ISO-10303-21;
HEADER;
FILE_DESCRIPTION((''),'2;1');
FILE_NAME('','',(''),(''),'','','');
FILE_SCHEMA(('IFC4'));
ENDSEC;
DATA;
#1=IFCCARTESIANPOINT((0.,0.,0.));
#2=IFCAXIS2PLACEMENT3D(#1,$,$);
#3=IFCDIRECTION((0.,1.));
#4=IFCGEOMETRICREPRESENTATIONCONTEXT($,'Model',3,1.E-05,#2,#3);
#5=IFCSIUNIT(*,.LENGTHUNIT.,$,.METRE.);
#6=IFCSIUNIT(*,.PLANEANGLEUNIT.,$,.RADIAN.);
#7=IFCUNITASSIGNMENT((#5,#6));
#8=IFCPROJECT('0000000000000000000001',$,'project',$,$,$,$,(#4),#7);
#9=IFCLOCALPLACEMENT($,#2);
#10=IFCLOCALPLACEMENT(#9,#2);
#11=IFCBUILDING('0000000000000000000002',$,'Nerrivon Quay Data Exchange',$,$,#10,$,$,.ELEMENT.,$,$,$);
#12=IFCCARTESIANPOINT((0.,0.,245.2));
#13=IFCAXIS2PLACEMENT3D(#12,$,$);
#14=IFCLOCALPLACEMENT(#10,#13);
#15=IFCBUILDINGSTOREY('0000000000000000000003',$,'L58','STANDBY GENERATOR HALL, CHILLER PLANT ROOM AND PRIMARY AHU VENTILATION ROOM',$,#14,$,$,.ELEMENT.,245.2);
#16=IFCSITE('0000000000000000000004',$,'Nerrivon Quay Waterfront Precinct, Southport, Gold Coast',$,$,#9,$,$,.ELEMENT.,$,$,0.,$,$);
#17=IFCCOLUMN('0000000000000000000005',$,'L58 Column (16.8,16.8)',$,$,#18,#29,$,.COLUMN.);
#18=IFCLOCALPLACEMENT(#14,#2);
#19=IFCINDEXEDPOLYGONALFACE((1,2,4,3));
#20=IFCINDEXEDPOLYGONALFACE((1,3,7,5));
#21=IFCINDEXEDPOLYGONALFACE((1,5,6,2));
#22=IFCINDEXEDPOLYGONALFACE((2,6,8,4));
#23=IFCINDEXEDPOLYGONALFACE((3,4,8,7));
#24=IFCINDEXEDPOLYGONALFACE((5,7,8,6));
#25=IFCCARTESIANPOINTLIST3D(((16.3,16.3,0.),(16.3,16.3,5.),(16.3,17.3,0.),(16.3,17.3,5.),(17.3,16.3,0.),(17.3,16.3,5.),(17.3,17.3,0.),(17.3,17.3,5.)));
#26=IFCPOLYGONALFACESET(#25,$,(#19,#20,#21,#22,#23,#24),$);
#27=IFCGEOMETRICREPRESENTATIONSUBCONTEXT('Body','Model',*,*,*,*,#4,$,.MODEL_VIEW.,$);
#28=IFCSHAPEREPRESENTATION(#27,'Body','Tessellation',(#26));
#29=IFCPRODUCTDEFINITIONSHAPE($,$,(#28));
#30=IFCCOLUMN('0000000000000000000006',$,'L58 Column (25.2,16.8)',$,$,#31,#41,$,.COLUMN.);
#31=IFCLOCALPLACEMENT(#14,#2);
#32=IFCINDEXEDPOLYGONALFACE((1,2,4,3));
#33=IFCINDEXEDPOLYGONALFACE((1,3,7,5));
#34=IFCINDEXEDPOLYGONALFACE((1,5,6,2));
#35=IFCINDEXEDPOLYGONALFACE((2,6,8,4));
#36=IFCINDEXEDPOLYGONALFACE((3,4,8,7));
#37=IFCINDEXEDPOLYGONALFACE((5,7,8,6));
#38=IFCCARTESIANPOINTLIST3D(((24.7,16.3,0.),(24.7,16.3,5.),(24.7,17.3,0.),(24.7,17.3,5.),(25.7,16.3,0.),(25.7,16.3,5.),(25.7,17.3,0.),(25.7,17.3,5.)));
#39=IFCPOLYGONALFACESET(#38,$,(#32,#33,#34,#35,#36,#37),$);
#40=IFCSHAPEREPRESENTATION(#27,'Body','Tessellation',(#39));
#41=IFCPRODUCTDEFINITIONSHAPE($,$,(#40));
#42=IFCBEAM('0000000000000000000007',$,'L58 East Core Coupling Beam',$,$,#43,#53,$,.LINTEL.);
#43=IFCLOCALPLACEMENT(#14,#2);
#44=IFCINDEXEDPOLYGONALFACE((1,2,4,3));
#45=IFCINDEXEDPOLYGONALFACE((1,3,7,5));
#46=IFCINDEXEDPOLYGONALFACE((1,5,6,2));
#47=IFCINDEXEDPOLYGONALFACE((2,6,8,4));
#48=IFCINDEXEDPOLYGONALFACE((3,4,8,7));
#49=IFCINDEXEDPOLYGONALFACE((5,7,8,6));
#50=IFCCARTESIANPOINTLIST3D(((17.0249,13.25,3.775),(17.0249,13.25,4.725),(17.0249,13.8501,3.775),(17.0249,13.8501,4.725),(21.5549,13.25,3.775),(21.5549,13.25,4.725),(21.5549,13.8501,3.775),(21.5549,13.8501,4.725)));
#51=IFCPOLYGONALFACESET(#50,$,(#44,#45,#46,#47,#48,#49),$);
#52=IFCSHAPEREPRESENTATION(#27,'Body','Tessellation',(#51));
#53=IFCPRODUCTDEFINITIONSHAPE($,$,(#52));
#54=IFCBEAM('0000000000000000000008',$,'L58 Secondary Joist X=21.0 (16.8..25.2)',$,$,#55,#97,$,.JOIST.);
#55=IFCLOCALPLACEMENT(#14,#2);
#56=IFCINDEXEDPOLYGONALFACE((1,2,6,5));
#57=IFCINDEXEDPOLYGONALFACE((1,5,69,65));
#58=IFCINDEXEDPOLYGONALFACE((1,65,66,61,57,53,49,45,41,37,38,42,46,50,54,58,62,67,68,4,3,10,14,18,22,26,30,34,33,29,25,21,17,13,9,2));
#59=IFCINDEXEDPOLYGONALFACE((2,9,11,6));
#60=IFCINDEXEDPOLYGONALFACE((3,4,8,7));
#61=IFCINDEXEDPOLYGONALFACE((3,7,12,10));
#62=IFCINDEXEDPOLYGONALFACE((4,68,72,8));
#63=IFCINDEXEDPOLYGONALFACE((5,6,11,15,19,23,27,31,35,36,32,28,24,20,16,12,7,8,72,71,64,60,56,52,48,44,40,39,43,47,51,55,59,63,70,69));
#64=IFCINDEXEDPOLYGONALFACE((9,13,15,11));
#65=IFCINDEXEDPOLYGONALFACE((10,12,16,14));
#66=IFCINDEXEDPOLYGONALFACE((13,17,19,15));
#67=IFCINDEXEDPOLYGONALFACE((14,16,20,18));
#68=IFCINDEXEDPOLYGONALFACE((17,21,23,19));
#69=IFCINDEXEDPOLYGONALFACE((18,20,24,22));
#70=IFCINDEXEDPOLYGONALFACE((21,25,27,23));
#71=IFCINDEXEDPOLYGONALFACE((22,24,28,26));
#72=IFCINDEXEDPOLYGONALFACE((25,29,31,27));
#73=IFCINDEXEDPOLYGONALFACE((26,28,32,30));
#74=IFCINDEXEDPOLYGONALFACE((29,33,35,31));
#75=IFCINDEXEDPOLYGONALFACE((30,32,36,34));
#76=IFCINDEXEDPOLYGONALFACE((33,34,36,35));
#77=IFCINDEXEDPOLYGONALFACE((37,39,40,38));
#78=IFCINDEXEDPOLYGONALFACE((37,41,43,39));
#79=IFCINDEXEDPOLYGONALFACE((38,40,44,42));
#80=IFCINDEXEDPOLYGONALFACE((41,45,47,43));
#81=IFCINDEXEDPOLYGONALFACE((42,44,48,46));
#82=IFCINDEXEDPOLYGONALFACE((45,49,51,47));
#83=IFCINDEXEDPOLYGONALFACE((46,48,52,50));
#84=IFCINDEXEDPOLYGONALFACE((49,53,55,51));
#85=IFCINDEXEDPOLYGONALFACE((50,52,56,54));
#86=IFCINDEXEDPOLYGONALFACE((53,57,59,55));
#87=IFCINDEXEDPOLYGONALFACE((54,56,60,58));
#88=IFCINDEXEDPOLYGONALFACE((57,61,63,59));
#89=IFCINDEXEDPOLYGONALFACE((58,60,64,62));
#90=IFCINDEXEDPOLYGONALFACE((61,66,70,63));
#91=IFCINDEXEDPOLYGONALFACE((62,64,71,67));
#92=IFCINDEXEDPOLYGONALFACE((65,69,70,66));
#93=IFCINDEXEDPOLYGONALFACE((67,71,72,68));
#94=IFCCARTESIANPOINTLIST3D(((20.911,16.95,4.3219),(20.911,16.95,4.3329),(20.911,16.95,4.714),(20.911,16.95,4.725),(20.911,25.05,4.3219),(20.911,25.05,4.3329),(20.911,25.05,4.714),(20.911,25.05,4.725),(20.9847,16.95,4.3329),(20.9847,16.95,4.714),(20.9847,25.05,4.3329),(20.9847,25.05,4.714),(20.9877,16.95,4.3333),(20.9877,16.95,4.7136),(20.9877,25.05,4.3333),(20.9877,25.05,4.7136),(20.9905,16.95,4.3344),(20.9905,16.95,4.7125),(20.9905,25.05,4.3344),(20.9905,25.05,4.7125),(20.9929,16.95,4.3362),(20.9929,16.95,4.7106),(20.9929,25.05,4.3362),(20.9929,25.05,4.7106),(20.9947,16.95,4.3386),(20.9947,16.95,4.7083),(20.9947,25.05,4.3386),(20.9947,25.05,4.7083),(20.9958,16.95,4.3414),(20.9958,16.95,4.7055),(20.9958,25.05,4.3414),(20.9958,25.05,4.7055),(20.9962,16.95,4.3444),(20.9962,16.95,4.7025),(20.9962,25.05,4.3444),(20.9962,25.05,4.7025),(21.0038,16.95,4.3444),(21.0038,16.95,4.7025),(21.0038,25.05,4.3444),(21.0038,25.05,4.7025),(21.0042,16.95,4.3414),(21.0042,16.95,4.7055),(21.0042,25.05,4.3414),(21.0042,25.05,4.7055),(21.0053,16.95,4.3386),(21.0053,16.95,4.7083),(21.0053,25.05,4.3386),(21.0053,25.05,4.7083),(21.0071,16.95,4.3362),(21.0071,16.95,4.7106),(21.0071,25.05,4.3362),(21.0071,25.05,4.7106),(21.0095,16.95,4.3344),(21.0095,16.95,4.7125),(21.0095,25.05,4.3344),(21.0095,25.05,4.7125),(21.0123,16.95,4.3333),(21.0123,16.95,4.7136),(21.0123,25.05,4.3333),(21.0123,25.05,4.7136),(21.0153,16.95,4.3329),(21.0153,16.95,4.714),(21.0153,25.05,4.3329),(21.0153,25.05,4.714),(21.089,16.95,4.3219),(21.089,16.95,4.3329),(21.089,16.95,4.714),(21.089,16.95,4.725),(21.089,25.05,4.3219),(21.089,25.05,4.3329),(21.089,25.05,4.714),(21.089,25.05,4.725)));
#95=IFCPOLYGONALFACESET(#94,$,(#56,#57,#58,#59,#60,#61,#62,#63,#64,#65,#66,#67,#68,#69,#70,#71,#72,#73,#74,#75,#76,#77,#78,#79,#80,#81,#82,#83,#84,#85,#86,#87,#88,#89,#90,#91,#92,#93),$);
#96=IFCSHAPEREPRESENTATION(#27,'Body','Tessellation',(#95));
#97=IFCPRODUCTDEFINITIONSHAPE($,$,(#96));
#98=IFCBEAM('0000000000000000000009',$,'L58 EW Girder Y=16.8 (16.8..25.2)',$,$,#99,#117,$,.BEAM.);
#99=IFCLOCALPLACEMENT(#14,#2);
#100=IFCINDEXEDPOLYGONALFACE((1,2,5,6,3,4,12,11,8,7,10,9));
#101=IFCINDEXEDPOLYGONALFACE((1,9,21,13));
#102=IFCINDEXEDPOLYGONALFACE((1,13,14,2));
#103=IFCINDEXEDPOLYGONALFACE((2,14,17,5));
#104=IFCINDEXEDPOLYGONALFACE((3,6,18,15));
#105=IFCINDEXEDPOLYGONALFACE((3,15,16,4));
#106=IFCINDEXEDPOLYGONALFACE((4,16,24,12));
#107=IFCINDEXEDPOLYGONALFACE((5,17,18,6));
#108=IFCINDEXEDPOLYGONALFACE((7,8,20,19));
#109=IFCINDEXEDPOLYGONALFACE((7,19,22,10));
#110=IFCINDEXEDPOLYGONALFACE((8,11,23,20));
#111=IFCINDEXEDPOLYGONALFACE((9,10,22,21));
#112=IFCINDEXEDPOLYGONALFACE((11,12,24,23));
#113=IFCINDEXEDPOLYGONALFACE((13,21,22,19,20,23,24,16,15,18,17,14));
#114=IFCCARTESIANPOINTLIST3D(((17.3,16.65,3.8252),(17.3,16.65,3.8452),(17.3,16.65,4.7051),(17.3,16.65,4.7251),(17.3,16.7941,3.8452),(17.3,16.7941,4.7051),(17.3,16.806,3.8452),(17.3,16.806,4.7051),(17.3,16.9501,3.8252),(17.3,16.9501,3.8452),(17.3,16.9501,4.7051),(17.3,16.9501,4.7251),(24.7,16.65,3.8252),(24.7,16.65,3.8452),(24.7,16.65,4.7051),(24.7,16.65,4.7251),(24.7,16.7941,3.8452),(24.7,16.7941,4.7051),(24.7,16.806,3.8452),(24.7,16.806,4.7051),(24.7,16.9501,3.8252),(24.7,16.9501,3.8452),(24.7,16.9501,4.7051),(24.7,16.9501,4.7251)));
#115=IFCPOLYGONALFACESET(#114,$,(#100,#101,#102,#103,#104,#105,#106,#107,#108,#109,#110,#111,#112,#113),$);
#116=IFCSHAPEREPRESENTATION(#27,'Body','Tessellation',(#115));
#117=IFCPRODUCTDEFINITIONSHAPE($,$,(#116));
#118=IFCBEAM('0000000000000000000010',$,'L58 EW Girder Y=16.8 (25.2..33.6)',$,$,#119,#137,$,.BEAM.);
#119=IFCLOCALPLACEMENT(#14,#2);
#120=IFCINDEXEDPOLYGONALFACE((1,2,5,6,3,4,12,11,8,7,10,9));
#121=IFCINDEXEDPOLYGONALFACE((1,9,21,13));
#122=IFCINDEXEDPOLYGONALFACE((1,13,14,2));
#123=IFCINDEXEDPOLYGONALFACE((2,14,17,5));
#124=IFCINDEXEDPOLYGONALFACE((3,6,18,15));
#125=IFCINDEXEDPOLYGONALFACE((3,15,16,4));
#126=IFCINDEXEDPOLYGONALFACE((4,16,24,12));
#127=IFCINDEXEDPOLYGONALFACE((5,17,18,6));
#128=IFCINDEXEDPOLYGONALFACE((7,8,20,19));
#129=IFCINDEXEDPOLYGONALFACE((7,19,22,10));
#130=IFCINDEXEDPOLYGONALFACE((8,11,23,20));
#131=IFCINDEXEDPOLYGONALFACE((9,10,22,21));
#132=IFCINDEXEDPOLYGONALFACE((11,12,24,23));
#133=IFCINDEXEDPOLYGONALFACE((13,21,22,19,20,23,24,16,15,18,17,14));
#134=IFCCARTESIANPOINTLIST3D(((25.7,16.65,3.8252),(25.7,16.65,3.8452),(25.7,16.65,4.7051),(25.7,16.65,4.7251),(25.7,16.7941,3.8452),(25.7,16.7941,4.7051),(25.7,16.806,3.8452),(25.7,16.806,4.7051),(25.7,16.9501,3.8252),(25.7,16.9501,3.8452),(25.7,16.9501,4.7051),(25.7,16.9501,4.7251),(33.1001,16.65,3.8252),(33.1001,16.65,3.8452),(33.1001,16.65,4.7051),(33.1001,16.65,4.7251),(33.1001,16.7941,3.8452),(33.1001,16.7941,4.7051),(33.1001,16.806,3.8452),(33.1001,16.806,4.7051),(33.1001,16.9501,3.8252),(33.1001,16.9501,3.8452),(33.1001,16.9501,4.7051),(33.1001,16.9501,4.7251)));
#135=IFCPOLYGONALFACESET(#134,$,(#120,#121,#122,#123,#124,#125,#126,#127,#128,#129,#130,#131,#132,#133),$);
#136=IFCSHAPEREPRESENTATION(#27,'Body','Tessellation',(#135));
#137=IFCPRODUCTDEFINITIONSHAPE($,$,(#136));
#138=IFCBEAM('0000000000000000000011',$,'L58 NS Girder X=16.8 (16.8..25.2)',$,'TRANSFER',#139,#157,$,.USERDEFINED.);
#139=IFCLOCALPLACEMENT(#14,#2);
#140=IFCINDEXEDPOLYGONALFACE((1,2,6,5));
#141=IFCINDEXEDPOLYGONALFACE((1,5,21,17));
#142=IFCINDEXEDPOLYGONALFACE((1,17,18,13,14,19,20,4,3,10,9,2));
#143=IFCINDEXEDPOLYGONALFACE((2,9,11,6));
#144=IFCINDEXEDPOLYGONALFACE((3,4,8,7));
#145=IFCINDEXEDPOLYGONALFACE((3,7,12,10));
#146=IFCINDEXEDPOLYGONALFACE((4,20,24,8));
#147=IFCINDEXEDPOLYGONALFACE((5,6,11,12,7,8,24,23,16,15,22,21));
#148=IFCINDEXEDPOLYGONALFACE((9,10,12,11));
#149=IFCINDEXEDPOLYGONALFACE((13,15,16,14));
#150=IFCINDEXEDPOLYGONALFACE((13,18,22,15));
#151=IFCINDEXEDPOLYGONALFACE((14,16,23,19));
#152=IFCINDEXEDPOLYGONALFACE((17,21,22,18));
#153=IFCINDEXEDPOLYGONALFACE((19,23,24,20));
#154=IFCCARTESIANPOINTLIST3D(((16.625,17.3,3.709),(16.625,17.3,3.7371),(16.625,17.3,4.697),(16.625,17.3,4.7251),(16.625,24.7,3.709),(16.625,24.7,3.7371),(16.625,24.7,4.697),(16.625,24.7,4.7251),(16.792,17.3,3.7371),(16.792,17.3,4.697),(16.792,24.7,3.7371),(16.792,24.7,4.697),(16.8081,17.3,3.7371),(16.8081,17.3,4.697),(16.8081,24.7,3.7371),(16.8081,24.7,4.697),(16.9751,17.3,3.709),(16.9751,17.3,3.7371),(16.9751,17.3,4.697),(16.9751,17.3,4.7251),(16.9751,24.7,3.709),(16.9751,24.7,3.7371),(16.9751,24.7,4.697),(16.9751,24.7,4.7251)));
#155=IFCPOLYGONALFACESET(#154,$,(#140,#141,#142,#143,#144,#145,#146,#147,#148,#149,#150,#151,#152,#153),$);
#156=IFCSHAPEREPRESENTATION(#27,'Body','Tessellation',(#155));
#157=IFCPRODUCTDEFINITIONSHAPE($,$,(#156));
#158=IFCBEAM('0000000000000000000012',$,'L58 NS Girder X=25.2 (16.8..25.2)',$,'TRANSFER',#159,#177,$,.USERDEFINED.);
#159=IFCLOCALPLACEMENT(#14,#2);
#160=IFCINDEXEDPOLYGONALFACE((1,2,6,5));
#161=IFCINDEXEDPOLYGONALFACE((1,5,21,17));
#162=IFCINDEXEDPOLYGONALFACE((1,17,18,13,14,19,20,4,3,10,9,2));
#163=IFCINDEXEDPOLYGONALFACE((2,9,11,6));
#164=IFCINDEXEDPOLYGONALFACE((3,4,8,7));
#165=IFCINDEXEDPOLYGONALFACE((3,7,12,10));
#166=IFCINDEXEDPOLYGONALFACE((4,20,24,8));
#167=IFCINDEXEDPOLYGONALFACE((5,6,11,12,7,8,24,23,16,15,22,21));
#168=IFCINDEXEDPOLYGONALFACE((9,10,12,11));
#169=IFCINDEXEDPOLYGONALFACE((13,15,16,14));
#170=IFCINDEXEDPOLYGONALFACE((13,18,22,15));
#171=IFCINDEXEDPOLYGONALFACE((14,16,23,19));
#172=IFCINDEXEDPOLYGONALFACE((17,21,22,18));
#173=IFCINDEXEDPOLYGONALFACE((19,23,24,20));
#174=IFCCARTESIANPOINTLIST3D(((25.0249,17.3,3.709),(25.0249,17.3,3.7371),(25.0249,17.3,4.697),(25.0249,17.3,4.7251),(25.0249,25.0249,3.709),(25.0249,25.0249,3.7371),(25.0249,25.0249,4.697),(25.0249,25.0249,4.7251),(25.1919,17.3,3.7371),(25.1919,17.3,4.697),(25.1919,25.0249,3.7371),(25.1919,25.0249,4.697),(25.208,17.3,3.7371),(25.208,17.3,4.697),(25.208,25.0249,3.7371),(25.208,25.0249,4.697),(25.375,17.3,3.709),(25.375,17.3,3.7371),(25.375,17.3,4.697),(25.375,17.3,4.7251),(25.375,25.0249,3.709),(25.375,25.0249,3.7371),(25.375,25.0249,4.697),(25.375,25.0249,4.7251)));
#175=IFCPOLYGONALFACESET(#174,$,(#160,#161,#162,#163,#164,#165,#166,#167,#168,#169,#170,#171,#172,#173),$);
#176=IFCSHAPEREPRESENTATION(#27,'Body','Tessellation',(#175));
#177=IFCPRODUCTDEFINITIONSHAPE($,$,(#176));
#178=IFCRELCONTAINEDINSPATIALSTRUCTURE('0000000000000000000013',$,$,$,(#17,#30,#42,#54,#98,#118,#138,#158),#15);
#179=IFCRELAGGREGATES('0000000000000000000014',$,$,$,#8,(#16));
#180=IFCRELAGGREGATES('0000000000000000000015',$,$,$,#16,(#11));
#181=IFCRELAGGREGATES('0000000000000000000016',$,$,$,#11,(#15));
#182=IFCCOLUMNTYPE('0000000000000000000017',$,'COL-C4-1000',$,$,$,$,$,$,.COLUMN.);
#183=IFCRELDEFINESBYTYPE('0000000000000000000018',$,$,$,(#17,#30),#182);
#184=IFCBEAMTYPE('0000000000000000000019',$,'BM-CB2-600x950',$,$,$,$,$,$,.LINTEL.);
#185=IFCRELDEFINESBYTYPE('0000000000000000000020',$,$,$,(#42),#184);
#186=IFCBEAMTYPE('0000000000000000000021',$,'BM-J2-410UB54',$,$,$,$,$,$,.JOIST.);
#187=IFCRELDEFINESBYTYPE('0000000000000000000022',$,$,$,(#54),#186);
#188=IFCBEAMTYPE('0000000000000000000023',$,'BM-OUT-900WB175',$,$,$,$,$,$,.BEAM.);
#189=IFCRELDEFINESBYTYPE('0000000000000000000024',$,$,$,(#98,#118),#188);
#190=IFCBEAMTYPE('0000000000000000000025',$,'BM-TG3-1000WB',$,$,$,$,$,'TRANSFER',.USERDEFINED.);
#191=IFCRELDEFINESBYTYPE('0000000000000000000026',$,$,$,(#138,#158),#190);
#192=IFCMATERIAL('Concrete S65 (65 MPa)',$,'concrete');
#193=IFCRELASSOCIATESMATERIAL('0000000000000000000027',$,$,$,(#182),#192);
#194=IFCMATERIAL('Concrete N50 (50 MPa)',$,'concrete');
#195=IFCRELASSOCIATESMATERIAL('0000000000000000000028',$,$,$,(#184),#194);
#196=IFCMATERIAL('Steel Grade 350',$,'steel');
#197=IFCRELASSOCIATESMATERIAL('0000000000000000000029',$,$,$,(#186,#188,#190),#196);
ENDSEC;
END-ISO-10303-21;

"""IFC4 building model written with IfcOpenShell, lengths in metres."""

from ifc_helpers import new_model, si_unit, direction, frame, origin, origin_2d, place, context, subcontext, project, spatial, rectangle, i_section, extrude, material, material_profile, profile_set, type_object, element, save


model = new_model("IFC4")

# Units and contexts
model_context = context("Model", 3, precision=1e-05, world=origin(), true_north=direction((0.0, 1.0)))
body_context = subcontext(model_context, "Body", "Model", "MODEL_VIEW")
ifc_project = project(units=[si_unit("LENGTHUNIT", "METRE"), si_unit("PLANEANGLEUNIT", "RADIAN")], contexts=[model_context])

# Site, building, storey
site_placement = place(None, origin())
site = spatial("IfcSite", under=ifc_project, at=site_placement, Name="Nerrivon Quay Waterfront Precinct, Southport, Gold Coast", CompositionType="ELEMENT", RefElevation=0.0)
building_placement = place(site_placement, origin())
building = spatial("IfcBuilding", under=site, at=building_placement, Name="Nerrivon Quay Data Exchange", CompositionType="ELEMENT")
storey_placement = place(building_placement, frame((0.0, 0.0, 245.2)))
storey = spatial("IfcBuildingStorey", under=building, at=storey_placement, Name="L58", Description="STANDBY GENERATOR HALL, CHILLER PLANT ROOM AND PRIMARY AHU VENTILATION ROOM", CompositionType="ELEMENT", Elevation=245.2)

# Columns
ifc_material_1 = material(Name="Concrete S65 (65 MPa)", Category="concrete")
ifc_material_profile_1 = material_profile(ifc_material_1, rectangle(XDim=1.0, YDim=1.0, at=origin_2d()), Name="RC-COL-1000x1000")
ifc_profile_set_1 = profile_set([ifc_material_profile_1], Name="Concrete S65 (65 MPa)")
column_type = type_object("IfcColumnType", Name="COL-C4-1000", PredefinedType="COLUMN", material=ifc_profile_set_1)
for number, where, z_axis, x_axis, name in (
    (1, (16.8, 16.8, 0.0), (0.0, 0.0, 1.0), (1.0, 0.0, 0.0), "L58 Column (16.8,16.8)"),
    (2, (25.2, 16.8, 0.0), (0.0, 0.0, 1.0), (1.0, 0.0, 0.0), "L58 Column (25.2,16.8)"),
):
    element("IfcColumn", number, at=place(storey_placement, frame(where, z_axis=z_axis, x_axis=x_axis)), inside=storey, type_object=column_type, Name=name, PredefinedType="COLUMN", context=body_context, shape_type="SweptSolid", body=[
        extrude(rectangle(XDim=1.0, YDim=1.0, at=origin_2d()), origin(), (0.0, 0.0, 1.0), 5.0),
    ])

# Beams
ifc_material_2 = material(Name="Concrete N50 (50 MPa)", Category="concrete")
ifc_material_profile_2 = material_profile(ifc_material_2, rectangle(XDim=0.6001, YDim=0.95, at=origin_2d()), Name="RC-CB-600x950")
ifc_profile_set_2 = profile_set([ifc_material_profile_2], Name="Concrete N50 (50 MPa)")
beam_type_1 = type_object("IfcBeamType", Name="BM-CB2-600x950", PredefinedType="LINTEL", material=ifc_profile_set_2)
beam_1_placement = place(storey_placement, frame((17.0249, 13.55, 4.25), z_axis=(1.0, 0.0, 0.0), x_axis=(0.0, 1.0, 0.0)))
element("IfcBeam", 3, at=beam_1_placement, inside=storey, type_object=beam_type_1, Name="L58 East Core Coupling Beam", PredefinedType="LINTEL", context=body_context, shape_type="SweptSolid", body=[
    extrude(rectangle(XDim=0.6001, YDim=0.95, at=origin_2d()), origin(), (0.0, 0.0, 1.0), 4.53),
])
ifc_material_3 = material(Name="Steel Grade 350", Category="steel")
ifc_material_profile_3 = material_profile(ifc_material_3, i_section(OverallWidth=0.178, OverallDepth=0.4031, WebThickness=0.0076, FlangeThickness=0.011, FilletRadius=0.0115, at=origin_2d()), Name="410UB53.7")
ifc_profile_set_3 = profile_set([ifc_material_profile_3], Name="Steel Grade 350")
beam_type_2 = type_object("IfcBeamType", Name="BM-J2-410UB54", PredefinedType="JOIST", material=ifc_profile_set_3)
beam_2_placement = place(storey_placement, frame((21.0, 16.95, 4.5234), z_axis=(0.0, 1.0, 0.0), x_axis=(-1.0, 0.0, 0.0)))
element("IfcBeam", 4, at=beam_2_placement, inside=storey, type_object=beam_type_2, Name="L58 Secondary Joist X=21.0 (16.8..25.2)", PredefinedType="JOIST", context=body_context, shape_type="SweptSolid", body=[
    extrude(i_section(OverallWidth=0.178, OverallDepth=0.4031, WebThickness=0.0076, FlangeThickness=0.011, FilletRadius=0.0115, at=origin_2d()), origin(), (0.0, 0.0, 1.0), 8.1001),
])
ifc_material_profile_4 = material_profile(ifc_material_3, i_section(OverallWidth=0.3, OverallDepth=0.8999, WebThickness=0.012, FlangeThickness=0.02, at=origin_2d()), Name="900WB175")
ifc_profile_set_4 = profile_set([ifc_material_profile_4], Name="Steel Grade 350")
beam_type_3 = type_object("IfcBeamType", Name="BM-OUT-900WB175", PredefinedType="BEAM", material=ifc_profile_set_4)
beam_3_placement = place(storey_placement, frame((17.3, 16.8, 4.2751), z_axis=(1.0, 0.0, 0.0), x_axis=(0.0, 1.0, 0.0)))
element("IfcBeam", 5, at=beam_3_placement, inside=storey, type_object=beam_type_3, Name="L58 EW Girder Y=16.8 (16.8..25.2)", PredefinedType="BEAM", context=body_context, shape_type="SweptSolid", body=[
    extrude(i_section(OverallWidth=0.3, OverallDepth=0.8999, WebThickness=0.012, FlangeThickness=0.02, at=origin_2d()), origin(), (0.0, 0.0, 1.0), 7.3999),
])
beam_4_placement = place(storey_placement, frame((25.7, 16.8, 4.2751), z_axis=(1.0, 0.0, 0.0), x_axis=(0.0, 1.0, 0.0)))
element("IfcBeam", 6, at=beam_4_placement, inside=storey, type_object=beam_type_3, Name="L58 EW Girder Y=16.8 (25.2..33.6)", PredefinedType="BEAM", context=body_context, shape_type="SweptSolid", body=[
    extrude(i_section(OverallWidth=0.3, OverallDepth=0.8999, WebThickness=0.012, FlangeThickness=0.02, at=origin_2d()), origin(), (0.0, 0.0, 1.0), 7.4001),
])
ifc_material_profile_5 = material_profile(ifc_material_3, i_section(OverallWidth=0.3501, OverallDepth=1.0161, WebThickness=0.0161, FlangeThickness=0.0281, at=origin_2d()), Name="1000WB258")
ifc_profile_set_5 = profile_set([ifc_material_profile_5], Name="Steel Grade 350")
beam_type_4 = type_object("IfcBeamType", Name="BM-TG3-1000WB", ElementType="TRANSFER", PredefinedType="USERDEFINED", material=ifc_profile_set_5)
beam_5_placement = place(storey_placement, frame((16.8, 17.3, 4.217), z_axis=(0.0, 1.0, 0.0), x_axis=(-1.0, 0.0, 0.0)))
element("IfcBeam", 7, at=beam_5_placement, inside=storey, type_object=beam_type_4, Name="L58 NS Girder X=16.8 (16.8..25.2)", ObjectType="TRANSFER", PredefinedType="USERDEFINED", context=body_context, shape_type="SweptSolid", body=[
    extrude(i_section(OverallWidth=0.3501, OverallDepth=1.0161, WebThickness=0.0161, FlangeThickness=0.0281, at=origin_2d()), origin(), (0.0, 0.0, 1.0), 7.3999),
])
beam_6_placement = place(storey_placement, frame((25.2, 17.3, 4.217), z_axis=(0.0, 1.0, 0.0), x_axis=(-1.0, 0.0, 0.0)))
element("IfcBeam", 8, at=beam_6_placement, inside=storey, type_object=beam_type_4, Name="L58 NS Girder X=25.2 (16.8..25.2)", ObjectType="TRANSFER", PredefinedType="USERDEFINED", context=body_context, shape_type="SweptSolid", body=[
    extrude(i_section(OverallWidth=0.3501, OverallDepth=1.0161, WebThickness=0.0161, FlangeThickness=0.0281, at=origin_2d()), origin(), (0.0, 0.0, 1.0), 7.7249),
])

save(model, "model.ifc")
